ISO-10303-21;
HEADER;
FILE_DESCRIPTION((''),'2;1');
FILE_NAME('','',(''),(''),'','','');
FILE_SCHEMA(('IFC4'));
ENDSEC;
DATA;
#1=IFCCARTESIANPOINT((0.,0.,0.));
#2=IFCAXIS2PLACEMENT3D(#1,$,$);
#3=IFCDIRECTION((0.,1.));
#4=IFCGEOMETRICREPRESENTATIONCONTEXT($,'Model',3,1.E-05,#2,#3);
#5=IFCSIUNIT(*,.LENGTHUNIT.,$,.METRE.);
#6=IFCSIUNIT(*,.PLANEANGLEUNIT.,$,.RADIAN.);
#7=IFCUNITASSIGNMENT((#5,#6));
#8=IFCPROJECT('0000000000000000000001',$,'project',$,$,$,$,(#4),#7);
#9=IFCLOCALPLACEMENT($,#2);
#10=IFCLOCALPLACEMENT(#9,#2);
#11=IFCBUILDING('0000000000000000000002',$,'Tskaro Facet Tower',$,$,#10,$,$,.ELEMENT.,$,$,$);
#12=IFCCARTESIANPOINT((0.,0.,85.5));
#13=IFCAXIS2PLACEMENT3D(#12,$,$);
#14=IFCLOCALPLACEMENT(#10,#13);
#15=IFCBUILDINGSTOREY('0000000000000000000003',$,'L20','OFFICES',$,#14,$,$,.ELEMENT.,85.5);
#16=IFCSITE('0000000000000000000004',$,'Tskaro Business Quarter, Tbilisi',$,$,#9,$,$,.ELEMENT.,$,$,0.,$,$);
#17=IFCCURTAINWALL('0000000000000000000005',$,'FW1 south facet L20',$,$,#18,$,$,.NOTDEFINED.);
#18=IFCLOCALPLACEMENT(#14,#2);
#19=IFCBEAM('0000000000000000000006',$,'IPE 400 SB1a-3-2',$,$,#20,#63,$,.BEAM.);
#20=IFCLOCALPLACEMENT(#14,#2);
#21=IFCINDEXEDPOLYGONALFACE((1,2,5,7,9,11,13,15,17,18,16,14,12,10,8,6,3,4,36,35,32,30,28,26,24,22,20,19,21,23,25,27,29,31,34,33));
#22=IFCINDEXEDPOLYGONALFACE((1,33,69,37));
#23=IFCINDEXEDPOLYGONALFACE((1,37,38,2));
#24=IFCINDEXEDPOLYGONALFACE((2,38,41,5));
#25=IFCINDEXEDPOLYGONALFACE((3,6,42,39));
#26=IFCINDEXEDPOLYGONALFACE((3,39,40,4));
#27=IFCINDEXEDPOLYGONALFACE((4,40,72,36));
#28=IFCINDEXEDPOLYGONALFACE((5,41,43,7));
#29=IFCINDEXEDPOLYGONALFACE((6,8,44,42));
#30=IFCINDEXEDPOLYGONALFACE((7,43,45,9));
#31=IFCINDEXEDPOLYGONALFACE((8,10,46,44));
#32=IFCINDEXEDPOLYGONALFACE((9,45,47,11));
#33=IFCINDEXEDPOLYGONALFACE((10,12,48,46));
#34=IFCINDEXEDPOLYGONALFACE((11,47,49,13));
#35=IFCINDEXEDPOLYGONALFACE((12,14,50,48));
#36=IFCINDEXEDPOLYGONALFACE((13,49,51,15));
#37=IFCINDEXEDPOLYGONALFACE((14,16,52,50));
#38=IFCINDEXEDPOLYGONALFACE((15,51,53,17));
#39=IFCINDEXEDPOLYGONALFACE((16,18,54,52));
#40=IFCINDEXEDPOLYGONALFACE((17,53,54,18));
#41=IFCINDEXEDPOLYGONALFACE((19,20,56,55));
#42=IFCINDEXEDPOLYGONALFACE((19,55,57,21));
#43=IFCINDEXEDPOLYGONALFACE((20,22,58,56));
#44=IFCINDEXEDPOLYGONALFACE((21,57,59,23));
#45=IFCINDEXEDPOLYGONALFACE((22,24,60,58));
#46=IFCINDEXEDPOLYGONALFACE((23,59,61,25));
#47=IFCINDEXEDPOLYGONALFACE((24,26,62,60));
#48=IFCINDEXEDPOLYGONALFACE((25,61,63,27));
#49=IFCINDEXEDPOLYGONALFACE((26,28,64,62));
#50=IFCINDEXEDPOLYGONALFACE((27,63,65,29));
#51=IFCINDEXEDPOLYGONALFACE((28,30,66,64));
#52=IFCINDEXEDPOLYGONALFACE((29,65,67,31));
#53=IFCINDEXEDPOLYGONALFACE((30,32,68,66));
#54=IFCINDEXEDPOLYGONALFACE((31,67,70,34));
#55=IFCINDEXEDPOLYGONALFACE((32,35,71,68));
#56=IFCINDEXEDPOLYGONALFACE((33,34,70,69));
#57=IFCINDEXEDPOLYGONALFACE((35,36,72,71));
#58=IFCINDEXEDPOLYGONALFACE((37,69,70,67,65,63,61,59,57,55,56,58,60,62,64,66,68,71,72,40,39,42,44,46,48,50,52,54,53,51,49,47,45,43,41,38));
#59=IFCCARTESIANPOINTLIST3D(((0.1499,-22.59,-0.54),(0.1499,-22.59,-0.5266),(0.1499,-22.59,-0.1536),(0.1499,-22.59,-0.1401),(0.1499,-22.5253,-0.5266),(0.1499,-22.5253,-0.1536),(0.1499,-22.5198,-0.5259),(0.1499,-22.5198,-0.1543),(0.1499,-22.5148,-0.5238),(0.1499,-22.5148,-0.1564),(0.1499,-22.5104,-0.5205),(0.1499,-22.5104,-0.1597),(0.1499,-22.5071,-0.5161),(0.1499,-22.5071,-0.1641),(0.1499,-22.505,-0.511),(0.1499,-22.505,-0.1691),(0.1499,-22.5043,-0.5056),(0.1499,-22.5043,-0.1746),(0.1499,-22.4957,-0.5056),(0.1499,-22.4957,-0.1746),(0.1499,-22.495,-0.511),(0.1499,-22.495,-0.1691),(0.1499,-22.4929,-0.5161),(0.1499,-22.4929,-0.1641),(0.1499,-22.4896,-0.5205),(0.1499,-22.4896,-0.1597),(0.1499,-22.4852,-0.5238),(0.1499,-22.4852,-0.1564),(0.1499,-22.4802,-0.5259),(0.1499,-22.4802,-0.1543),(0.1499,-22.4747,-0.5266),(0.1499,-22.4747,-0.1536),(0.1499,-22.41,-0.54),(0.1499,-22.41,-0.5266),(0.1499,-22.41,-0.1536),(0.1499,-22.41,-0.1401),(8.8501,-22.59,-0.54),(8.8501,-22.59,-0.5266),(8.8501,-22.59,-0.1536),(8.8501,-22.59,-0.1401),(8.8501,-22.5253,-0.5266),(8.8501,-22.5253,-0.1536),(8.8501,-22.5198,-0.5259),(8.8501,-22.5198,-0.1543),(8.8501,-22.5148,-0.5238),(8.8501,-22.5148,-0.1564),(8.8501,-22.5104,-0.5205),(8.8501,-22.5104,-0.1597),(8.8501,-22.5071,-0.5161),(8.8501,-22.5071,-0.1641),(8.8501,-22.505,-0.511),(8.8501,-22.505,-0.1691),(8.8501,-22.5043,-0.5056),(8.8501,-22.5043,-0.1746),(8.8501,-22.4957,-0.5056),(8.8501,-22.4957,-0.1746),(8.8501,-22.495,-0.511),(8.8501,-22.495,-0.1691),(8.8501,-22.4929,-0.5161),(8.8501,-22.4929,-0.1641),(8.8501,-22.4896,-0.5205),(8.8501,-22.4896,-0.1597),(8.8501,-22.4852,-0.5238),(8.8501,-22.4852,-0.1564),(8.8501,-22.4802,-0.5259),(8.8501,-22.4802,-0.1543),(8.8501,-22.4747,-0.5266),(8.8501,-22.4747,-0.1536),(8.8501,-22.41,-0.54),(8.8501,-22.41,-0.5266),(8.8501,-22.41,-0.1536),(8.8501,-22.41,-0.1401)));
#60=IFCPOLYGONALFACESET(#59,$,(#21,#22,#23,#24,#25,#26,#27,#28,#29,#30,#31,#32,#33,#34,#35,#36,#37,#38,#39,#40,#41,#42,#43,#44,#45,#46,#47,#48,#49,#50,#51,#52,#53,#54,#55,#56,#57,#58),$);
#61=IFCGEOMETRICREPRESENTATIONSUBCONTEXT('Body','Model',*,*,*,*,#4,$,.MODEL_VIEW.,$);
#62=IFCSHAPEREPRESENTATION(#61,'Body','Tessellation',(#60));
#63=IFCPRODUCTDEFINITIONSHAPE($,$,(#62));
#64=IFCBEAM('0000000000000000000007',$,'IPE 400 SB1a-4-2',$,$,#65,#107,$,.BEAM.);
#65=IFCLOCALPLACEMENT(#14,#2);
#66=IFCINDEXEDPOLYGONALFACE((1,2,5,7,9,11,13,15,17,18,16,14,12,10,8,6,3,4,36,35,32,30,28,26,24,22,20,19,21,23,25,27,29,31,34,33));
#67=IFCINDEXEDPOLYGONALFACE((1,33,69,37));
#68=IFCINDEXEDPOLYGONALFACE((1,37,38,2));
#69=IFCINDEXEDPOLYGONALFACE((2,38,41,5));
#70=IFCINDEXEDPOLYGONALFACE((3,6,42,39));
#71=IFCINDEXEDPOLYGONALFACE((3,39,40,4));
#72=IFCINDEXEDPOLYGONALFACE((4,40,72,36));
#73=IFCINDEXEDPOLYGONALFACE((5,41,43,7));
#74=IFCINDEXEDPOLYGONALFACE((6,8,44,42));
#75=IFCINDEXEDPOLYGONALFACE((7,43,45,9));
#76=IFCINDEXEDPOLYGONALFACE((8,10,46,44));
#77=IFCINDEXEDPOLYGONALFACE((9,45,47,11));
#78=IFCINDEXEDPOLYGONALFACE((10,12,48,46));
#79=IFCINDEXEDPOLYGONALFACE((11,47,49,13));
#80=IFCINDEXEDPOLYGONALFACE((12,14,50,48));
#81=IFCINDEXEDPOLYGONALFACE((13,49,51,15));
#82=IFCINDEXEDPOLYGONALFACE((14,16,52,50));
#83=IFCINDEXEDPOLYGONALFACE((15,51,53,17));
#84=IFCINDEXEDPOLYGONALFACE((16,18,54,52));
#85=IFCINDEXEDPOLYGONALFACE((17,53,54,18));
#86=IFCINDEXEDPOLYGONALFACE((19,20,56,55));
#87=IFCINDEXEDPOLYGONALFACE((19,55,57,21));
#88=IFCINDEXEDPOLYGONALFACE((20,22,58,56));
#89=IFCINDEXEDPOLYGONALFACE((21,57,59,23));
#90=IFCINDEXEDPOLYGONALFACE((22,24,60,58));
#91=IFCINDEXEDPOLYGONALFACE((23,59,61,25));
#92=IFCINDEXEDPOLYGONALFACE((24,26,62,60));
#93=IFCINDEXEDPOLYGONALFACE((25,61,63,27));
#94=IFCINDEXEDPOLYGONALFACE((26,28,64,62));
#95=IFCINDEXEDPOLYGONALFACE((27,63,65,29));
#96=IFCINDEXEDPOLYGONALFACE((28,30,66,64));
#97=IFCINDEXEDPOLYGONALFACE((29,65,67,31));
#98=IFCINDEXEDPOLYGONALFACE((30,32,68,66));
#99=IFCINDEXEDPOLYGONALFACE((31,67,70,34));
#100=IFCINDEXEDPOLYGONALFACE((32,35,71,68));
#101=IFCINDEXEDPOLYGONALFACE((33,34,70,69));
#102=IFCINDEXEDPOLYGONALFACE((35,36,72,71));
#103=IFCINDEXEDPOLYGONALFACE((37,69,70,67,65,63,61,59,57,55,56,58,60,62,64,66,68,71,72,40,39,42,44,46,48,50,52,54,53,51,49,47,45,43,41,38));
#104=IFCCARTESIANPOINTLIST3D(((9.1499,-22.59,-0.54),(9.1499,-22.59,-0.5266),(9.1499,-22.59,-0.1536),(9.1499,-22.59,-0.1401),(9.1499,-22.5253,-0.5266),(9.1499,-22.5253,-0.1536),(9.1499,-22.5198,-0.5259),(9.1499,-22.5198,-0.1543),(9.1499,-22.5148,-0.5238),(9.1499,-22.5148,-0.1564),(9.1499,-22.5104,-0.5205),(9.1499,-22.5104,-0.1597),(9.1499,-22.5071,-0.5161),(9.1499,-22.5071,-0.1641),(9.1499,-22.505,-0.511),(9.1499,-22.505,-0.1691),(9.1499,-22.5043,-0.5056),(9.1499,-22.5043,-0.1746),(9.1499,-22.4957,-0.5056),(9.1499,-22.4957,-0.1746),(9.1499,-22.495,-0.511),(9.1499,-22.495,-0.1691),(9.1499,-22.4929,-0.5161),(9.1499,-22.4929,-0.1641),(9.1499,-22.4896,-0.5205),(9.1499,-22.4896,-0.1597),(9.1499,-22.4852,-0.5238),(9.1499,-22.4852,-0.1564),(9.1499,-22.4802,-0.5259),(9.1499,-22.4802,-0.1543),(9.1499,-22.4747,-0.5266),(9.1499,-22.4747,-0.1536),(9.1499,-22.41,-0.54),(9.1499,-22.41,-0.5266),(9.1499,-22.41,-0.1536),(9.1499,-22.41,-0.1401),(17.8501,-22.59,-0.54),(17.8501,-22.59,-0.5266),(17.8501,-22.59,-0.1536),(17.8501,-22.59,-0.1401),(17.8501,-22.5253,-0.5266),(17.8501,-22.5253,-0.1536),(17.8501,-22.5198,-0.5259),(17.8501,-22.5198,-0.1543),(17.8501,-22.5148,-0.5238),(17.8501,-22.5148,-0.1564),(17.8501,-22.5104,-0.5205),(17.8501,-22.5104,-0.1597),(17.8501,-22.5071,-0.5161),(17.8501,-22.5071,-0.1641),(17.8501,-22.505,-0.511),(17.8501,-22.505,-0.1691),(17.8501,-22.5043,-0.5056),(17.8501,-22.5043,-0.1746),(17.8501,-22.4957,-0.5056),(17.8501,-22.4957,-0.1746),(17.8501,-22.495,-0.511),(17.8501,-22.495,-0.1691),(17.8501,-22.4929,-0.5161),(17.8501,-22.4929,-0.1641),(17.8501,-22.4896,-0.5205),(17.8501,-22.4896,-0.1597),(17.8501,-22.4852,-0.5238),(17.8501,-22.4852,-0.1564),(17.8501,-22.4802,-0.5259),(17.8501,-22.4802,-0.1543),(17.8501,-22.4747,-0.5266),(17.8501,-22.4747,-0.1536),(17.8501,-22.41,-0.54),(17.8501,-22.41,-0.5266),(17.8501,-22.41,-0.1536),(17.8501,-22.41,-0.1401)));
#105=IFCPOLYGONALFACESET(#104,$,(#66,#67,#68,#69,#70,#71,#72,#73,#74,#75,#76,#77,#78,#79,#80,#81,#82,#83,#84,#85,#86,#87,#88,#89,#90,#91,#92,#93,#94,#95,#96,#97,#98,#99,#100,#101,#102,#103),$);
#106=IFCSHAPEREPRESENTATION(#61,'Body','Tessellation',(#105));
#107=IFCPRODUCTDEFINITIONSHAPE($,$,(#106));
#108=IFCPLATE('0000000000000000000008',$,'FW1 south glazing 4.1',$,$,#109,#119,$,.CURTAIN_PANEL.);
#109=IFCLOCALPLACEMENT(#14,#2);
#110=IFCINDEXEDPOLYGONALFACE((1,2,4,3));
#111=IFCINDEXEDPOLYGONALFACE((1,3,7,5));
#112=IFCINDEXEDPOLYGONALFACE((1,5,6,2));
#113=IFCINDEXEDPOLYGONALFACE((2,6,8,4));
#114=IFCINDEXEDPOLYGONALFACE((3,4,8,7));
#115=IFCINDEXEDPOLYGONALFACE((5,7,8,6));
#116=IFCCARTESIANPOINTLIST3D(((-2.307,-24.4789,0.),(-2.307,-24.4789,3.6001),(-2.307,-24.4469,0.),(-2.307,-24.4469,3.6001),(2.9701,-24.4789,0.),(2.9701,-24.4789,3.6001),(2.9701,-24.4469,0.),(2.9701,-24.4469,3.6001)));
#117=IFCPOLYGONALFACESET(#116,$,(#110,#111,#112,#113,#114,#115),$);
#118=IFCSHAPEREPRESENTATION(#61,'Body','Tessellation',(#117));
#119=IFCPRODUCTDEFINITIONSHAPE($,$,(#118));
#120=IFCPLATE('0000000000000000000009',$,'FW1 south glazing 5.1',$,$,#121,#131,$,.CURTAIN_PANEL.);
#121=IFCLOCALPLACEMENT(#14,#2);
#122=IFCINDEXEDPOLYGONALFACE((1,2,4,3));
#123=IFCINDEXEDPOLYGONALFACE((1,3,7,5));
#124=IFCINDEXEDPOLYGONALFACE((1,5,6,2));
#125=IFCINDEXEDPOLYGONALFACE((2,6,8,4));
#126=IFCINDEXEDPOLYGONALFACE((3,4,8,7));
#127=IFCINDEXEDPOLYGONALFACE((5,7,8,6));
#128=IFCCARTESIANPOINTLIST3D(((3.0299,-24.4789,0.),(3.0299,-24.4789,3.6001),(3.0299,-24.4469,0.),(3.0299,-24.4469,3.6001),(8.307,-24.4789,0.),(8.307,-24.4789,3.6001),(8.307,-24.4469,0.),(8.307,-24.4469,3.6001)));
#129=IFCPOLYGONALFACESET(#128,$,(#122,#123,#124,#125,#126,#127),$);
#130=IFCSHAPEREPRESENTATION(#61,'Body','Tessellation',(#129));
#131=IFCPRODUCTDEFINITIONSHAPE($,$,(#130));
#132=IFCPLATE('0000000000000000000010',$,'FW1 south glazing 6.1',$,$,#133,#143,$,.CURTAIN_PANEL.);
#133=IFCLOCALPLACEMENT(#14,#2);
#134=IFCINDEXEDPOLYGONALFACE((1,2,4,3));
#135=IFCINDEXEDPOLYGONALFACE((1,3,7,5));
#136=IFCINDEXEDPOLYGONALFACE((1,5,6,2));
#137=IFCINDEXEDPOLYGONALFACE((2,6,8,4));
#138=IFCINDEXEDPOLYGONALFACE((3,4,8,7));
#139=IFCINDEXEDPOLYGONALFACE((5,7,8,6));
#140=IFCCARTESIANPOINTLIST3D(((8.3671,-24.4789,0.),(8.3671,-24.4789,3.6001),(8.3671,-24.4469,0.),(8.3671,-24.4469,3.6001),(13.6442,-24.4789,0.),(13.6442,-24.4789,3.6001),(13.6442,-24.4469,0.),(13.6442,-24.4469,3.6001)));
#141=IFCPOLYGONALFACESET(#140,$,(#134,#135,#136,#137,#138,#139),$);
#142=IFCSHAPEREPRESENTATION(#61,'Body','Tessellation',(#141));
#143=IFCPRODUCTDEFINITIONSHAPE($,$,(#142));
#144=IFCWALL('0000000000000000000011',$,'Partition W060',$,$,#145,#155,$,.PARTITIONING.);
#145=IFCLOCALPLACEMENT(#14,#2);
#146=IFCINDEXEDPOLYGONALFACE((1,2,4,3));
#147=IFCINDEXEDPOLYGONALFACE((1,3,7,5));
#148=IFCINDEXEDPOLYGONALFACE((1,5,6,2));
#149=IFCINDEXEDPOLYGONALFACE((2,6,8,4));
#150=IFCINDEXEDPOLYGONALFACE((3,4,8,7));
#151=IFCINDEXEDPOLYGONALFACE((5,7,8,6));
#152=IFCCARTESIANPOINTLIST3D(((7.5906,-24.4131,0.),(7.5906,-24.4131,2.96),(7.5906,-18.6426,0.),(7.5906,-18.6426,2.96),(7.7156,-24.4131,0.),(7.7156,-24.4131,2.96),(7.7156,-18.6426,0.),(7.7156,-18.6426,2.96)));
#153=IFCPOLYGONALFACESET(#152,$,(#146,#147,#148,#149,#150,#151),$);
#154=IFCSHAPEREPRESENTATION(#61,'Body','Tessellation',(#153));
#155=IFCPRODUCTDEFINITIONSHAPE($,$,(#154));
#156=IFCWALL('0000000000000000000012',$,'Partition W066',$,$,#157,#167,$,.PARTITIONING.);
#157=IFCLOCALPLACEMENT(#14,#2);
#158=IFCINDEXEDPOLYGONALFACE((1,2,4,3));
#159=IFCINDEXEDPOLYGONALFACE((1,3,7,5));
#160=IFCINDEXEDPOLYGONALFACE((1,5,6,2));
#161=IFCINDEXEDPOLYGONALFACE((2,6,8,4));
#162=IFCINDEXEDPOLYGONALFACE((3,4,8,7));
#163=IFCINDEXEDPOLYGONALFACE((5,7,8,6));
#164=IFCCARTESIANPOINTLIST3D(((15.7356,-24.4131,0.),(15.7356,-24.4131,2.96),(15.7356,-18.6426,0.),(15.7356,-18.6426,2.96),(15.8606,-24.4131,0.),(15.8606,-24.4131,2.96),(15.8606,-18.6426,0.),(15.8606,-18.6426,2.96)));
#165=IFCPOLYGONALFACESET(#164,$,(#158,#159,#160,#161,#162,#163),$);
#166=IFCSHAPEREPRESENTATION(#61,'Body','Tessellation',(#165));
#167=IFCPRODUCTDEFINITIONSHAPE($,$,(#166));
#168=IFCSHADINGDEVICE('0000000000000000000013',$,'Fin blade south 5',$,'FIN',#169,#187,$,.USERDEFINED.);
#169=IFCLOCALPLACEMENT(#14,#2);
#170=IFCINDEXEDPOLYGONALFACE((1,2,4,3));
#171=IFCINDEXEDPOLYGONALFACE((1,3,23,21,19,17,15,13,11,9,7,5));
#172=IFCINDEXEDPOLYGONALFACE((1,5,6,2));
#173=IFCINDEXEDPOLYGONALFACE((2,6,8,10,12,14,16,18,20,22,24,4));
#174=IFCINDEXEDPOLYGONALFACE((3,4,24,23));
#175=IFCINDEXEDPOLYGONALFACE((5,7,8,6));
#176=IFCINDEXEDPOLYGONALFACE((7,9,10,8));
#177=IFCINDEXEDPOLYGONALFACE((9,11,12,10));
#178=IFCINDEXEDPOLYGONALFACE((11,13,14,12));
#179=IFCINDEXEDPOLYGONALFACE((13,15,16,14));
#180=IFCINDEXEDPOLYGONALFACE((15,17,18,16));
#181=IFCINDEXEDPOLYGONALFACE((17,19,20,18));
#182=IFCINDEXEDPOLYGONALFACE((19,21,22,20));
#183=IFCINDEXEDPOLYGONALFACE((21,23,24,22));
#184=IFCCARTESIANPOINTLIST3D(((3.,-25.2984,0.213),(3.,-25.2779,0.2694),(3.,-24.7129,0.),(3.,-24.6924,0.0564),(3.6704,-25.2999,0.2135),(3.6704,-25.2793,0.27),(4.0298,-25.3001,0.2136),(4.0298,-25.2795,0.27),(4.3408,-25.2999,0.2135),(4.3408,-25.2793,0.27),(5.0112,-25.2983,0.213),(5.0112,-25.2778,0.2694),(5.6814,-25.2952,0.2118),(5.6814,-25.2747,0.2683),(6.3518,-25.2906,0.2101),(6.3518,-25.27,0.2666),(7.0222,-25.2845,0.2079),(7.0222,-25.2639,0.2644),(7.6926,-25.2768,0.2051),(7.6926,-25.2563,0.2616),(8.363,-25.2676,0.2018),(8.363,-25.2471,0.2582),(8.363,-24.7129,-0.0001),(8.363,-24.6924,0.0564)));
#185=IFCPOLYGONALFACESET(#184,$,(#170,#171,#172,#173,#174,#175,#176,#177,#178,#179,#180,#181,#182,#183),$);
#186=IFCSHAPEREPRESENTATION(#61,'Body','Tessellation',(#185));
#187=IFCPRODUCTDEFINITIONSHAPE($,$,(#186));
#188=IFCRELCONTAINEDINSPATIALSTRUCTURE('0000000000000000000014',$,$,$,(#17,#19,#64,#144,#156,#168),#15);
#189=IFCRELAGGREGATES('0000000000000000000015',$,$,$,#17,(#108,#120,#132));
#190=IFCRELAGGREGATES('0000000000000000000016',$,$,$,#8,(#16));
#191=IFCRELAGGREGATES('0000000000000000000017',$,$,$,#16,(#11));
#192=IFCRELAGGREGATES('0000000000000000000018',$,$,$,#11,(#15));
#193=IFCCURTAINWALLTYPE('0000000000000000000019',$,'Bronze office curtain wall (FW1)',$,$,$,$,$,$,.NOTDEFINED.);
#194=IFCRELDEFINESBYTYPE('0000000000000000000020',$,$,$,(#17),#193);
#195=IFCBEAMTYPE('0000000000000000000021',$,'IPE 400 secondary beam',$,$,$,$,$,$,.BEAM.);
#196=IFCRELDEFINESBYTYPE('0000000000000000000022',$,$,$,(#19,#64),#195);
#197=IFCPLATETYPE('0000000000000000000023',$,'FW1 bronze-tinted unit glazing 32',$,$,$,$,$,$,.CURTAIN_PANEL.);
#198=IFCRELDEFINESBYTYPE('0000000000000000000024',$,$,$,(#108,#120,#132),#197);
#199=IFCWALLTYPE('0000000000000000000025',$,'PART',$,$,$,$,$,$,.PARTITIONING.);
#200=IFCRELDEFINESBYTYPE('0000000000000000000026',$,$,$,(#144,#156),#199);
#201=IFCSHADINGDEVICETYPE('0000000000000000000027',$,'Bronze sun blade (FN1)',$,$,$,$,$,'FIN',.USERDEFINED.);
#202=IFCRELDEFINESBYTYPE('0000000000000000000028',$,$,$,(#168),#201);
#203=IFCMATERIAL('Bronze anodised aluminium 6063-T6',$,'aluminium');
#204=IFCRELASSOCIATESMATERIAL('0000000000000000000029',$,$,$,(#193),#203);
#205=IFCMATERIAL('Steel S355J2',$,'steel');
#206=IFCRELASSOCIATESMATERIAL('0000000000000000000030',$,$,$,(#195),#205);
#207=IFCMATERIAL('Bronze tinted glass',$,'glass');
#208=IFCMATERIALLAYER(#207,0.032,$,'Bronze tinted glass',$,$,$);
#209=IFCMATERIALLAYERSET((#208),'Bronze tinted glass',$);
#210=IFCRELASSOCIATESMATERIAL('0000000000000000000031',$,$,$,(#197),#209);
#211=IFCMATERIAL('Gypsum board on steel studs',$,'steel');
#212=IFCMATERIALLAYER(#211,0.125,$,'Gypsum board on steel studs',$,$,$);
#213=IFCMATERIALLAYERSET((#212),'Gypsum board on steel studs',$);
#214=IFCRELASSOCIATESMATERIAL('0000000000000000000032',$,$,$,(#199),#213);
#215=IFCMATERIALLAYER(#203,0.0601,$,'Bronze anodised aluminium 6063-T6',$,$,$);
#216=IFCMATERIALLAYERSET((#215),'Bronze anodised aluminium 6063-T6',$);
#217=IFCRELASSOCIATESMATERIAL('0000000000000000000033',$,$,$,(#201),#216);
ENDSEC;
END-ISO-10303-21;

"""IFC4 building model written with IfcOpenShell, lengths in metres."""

from ifc_helpers import new_model, si_unit, direction, frame, frame_2d, origin, origin_2d, place, context, subcontext, project, spatial, polyline, rectangle, i_section, outline, extrude, material, layer, layer_set, material_profile, profile_set, type_object, element, aggregate, save


model = new_model("IFC4")

# Units and contexts
model_context = context("Model", 3, precision=1e-05, world=origin(), true_north=direction((0.0, 1.0)))
body_context = subcontext(model_context, "Body", "Model", "MODEL_VIEW")
ifc_project = project(units=[si_unit("LENGTHUNIT", "METRE"), si_unit("PLANEANGLEUNIT", "RADIAN")], contexts=[model_context])

# Site, building, storey
site_placement = place(None, origin())
site = spatial("IfcSite", under=ifc_project, at=site_placement, Name="Tskaro Business Quarter, Tbilisi", CompositionType="ELEMENT", RefElevation=0.0)
building_placement = place(site_placement, origin())
building = spatial("IfcBuilding", under=site, at=building_placement, Name="Tskaro Facet Tower", CompositionType="ELEMENT")
storey_placement = place(building_placement, frame((0.0, 0.0, 85.5)))
storey = spatial("IfcBuildingStorey", under=building, at=storey_placement, Name="L20", Description="OFFICES", CompositionType="ELEMENT", Elevation=85.5)

# Curtain wall
ifc_material_1 = material(Name="Bronze anodised aluminium 6063-T6", Category="aluminium")
curtain_wall_type = type_object("IfcCurtainWallType", Name="Bronze office curtain wall (FW1)", PredefinedType="NOTDEFINED", material=ifc_material_1)
curtain_wall_placement = place(storey_placement, origin())
curtain_wall = element("IfcCurtainWall", 1, at=curtain_wall_placement, inside=storey, type_object=curtain_wall_type, Name="FW1 south facet L20", PredefinedType="NOTDEFINED")

# Beams
ifc_material_2 = material(Name="Steel S355J2", Category="steel")
ifc_material_profile_1 = material_profile(ifc_material_2, i_section(OverallWidth=0.1799, OverallDepth=0.3999, WebThickness=0.0085, FlangeThickness=0.0134, FilletRadius=0.021, at=origin_2d()), Name="IPE 400")
ifc_profile_set_1 = profile_set([ifc_material_profile_1], Name="Steel S355J2")
beam_type_1 = type_object("IfcBeamType", Name="IPE 400 secondary beam", PredefinedType="BEAM", material=ifc_profile_set_1)
for number, where, z_axis, x_axis, name in (
    (2, (0.1499, -22.5, -0.3401), (1.0, 0.0, 0.0), (0.0, 1.0, 0.0), "IPE 400 SB1a-3-2"),
    (3, (9.1499, -22.5, -0.3401), (1.0, 0.0, 0.0), (0.0, 1.0, 0.0), "IPE 400 SB1a-4-2"),
):
    element("IfcBeam", number, at=place(storey_placement, frame(where, z_axis=z_axis, x_axis=x_axis)), inside=storey, type_object=beam_type_1, Name=name, PredefinedType="BEAM", context=body_context, shape_type="SweptSolid", body=[
        extrude(i_section(OverallWidth=0.1799, OverallDepth=0.3999, WebThickness=0.0085, FlangeThickness=0.0134, FilletRadius=0.021, at=origin_2d()), origin(), (0.0, 0.0, 1.0), 8.7002),
    ])

# Plates
ifc_material_3 = material(Name="Bronze tinted glass", Category="glass")
ifc_layer_1 = layer(ifc_material_3, 0.032, Name="Bronze tinted glass")
ifc_layer_set_1 = layer_set([ifc_layer_1], Name="Bronze tinted glass")
plate_type = type_object("IfcPlateType", Name="FW1 bronze-tinted unit glazing 32", PredefinedType="CURTAIN_PANEL", material=ifc_layer_set_1)
plate_1_placement = place(storey_placement, frame((0.3315, -24.4629, 0.0), z_axis=(0.0, 0.0, 1.0), x_axis=(1.0, 0.0, 0.0)))
plate_1 = element("IfcPlate", 4, at=plate_1_placement, type_object=plate_type, Name="FW1 south glazing 4.1", PredefinedType="CURTAIN_PANEL", context=body_context, shape_type="SweptSolid", body=[
    extrude(rectangle(XDim=5.2771, YDim=0.032, at=origin_2d()), origin(), (0.0, 0.0, 1.0), 3.6001),
])
plate_2_placement = place(storey_placement, frame((5.6685, -24.4629, 0.0), z_axis=(0.0, 0.0, 1.0), x_axis=(1.0, 0.0, 0.0)))
plate_2 = element("IfcPlate", 5, at=plate_2_placement, type_object=plate_type, Name="FW1 south glazing 5.1", PredefinedType="CURTAIN_PANEL", context=body_context, shape_type="SweptSolid", body=[
    extrude(rectangle(XDim=5.2771, YDim=0.032, at=origin_2d()), origin(), (0.0, 0.0, 1.0), 3.6001),
])
plate_3_placement = place(storey_placement, frame((11.0056, -24.4629, 0.0), z_axis=(0.0, 0.0, 1.0), x_axis=(1.0, 0.0, 0.0)))
plate_3 = element("IfcPlate", 6, at=plate_3_placement, type_object=plate_type, Name="FW1 south glazing 6.1", PredefinedType="CURTAIN_PANEL", context=body_context, shape_type="SweptSolid", body=[
    extrude(rectangle(XDim=5.2771, YDim=0.032, at=origin_2d()), origin(), (0.0, 0.0, 1.0), 3.6001),
])
aggregate(curtain_wall, [plate_1, plate_2, plate_3])

# Walls
ifc_material_4 = material(Name="Gypsum board on steel studs", Category="steel")
ifc_layer_2 = layer(ifc_material_4, 0.125, Name="Gypsum board on steel studs")
ifc_layer_set_2 = layer_set([ifc_layer_2], Name="Gypsum board on steel studs")
wall_type = type_object("IfcWallType", Name="PART", PredefinedType="PARTITIONING", material=ifc_layer_set_2)
for number, where, z_axis, x_axis, name in (
    (7, (7.6531, -24.4131, 0.0), (0.0, 0.0, 1.0), (0.0, 1.0, 0.0), "Partition W060"),
    (8, (15.7981, -24.4131, 0.0), (0.0, 0.0, 1.0), (0.0, 1.0, 0.0), "Partition W066"),
):
    element("IfcWall", number, at=place(storey_placement, frame(where, z_axis=z_axis, x_axis=x_axis)), inside=storey, type_object=wall_type, Name=name, PredefinedType="PARTITIONING", context=body_context, shape_type="SweptSolid", body=[
        extrude(rectangle(XDim=5.7705, YDim=0.125, at=frame_2d((2.8853, 0.0))), origin(), (0.0, 0.0, 1.0), 2.96),
    ])

# Shading device
ifc_layer_3 = layer(ifc_material_1, 0.0601, Name="Bronze anodised aluminium 6063-T6")
ifc_layer_set_3 = layer_set([ifc_layer_3], Name="Bronze anodised aluminium 6063-T6")
shading_device_type = type_object("IfcShadingDeviceType", Name="Bronze sun blade (FN1)", ElementType="FIN", PredefinedType="USERDEFINED", material=ifc_layer_set_3)
shading_device_1_placement = place(storey_placement, frame((3.0, -24.6924, 0.0564), z_axis=(0.000004, 0.341938, 0.939722), x_axis=(1.0, -0.000001, -0.000004)))
element("IfcShadingDevice", 9, at=shading_device_1_placement, inside=storey, type_object=shading_device_type, Name="Fin blade south 5", ObjectType="FIN", PredefinedType="USERDEFINED", context=body_context, shape_type="SweptSolid", body=[
    extrude(outline(polyline([(0.0, 0.0), (5.363, 0.0), (5.363, -0.5903), (4.6926, -0.6001), (4.0222, -0.6082), (3.3518, -0.6147), (2.6814, -0.6196), (2.0112, -0.623), (1.3408, -0.6246), (1.0298, -0.6248), (0.6704, -0.6246), (0.0, -0.623), (0.0, 0.0)])), origin(), (0.0, 0.0, -1.0), 0.0601),
])

save(model, "model.ifc")
